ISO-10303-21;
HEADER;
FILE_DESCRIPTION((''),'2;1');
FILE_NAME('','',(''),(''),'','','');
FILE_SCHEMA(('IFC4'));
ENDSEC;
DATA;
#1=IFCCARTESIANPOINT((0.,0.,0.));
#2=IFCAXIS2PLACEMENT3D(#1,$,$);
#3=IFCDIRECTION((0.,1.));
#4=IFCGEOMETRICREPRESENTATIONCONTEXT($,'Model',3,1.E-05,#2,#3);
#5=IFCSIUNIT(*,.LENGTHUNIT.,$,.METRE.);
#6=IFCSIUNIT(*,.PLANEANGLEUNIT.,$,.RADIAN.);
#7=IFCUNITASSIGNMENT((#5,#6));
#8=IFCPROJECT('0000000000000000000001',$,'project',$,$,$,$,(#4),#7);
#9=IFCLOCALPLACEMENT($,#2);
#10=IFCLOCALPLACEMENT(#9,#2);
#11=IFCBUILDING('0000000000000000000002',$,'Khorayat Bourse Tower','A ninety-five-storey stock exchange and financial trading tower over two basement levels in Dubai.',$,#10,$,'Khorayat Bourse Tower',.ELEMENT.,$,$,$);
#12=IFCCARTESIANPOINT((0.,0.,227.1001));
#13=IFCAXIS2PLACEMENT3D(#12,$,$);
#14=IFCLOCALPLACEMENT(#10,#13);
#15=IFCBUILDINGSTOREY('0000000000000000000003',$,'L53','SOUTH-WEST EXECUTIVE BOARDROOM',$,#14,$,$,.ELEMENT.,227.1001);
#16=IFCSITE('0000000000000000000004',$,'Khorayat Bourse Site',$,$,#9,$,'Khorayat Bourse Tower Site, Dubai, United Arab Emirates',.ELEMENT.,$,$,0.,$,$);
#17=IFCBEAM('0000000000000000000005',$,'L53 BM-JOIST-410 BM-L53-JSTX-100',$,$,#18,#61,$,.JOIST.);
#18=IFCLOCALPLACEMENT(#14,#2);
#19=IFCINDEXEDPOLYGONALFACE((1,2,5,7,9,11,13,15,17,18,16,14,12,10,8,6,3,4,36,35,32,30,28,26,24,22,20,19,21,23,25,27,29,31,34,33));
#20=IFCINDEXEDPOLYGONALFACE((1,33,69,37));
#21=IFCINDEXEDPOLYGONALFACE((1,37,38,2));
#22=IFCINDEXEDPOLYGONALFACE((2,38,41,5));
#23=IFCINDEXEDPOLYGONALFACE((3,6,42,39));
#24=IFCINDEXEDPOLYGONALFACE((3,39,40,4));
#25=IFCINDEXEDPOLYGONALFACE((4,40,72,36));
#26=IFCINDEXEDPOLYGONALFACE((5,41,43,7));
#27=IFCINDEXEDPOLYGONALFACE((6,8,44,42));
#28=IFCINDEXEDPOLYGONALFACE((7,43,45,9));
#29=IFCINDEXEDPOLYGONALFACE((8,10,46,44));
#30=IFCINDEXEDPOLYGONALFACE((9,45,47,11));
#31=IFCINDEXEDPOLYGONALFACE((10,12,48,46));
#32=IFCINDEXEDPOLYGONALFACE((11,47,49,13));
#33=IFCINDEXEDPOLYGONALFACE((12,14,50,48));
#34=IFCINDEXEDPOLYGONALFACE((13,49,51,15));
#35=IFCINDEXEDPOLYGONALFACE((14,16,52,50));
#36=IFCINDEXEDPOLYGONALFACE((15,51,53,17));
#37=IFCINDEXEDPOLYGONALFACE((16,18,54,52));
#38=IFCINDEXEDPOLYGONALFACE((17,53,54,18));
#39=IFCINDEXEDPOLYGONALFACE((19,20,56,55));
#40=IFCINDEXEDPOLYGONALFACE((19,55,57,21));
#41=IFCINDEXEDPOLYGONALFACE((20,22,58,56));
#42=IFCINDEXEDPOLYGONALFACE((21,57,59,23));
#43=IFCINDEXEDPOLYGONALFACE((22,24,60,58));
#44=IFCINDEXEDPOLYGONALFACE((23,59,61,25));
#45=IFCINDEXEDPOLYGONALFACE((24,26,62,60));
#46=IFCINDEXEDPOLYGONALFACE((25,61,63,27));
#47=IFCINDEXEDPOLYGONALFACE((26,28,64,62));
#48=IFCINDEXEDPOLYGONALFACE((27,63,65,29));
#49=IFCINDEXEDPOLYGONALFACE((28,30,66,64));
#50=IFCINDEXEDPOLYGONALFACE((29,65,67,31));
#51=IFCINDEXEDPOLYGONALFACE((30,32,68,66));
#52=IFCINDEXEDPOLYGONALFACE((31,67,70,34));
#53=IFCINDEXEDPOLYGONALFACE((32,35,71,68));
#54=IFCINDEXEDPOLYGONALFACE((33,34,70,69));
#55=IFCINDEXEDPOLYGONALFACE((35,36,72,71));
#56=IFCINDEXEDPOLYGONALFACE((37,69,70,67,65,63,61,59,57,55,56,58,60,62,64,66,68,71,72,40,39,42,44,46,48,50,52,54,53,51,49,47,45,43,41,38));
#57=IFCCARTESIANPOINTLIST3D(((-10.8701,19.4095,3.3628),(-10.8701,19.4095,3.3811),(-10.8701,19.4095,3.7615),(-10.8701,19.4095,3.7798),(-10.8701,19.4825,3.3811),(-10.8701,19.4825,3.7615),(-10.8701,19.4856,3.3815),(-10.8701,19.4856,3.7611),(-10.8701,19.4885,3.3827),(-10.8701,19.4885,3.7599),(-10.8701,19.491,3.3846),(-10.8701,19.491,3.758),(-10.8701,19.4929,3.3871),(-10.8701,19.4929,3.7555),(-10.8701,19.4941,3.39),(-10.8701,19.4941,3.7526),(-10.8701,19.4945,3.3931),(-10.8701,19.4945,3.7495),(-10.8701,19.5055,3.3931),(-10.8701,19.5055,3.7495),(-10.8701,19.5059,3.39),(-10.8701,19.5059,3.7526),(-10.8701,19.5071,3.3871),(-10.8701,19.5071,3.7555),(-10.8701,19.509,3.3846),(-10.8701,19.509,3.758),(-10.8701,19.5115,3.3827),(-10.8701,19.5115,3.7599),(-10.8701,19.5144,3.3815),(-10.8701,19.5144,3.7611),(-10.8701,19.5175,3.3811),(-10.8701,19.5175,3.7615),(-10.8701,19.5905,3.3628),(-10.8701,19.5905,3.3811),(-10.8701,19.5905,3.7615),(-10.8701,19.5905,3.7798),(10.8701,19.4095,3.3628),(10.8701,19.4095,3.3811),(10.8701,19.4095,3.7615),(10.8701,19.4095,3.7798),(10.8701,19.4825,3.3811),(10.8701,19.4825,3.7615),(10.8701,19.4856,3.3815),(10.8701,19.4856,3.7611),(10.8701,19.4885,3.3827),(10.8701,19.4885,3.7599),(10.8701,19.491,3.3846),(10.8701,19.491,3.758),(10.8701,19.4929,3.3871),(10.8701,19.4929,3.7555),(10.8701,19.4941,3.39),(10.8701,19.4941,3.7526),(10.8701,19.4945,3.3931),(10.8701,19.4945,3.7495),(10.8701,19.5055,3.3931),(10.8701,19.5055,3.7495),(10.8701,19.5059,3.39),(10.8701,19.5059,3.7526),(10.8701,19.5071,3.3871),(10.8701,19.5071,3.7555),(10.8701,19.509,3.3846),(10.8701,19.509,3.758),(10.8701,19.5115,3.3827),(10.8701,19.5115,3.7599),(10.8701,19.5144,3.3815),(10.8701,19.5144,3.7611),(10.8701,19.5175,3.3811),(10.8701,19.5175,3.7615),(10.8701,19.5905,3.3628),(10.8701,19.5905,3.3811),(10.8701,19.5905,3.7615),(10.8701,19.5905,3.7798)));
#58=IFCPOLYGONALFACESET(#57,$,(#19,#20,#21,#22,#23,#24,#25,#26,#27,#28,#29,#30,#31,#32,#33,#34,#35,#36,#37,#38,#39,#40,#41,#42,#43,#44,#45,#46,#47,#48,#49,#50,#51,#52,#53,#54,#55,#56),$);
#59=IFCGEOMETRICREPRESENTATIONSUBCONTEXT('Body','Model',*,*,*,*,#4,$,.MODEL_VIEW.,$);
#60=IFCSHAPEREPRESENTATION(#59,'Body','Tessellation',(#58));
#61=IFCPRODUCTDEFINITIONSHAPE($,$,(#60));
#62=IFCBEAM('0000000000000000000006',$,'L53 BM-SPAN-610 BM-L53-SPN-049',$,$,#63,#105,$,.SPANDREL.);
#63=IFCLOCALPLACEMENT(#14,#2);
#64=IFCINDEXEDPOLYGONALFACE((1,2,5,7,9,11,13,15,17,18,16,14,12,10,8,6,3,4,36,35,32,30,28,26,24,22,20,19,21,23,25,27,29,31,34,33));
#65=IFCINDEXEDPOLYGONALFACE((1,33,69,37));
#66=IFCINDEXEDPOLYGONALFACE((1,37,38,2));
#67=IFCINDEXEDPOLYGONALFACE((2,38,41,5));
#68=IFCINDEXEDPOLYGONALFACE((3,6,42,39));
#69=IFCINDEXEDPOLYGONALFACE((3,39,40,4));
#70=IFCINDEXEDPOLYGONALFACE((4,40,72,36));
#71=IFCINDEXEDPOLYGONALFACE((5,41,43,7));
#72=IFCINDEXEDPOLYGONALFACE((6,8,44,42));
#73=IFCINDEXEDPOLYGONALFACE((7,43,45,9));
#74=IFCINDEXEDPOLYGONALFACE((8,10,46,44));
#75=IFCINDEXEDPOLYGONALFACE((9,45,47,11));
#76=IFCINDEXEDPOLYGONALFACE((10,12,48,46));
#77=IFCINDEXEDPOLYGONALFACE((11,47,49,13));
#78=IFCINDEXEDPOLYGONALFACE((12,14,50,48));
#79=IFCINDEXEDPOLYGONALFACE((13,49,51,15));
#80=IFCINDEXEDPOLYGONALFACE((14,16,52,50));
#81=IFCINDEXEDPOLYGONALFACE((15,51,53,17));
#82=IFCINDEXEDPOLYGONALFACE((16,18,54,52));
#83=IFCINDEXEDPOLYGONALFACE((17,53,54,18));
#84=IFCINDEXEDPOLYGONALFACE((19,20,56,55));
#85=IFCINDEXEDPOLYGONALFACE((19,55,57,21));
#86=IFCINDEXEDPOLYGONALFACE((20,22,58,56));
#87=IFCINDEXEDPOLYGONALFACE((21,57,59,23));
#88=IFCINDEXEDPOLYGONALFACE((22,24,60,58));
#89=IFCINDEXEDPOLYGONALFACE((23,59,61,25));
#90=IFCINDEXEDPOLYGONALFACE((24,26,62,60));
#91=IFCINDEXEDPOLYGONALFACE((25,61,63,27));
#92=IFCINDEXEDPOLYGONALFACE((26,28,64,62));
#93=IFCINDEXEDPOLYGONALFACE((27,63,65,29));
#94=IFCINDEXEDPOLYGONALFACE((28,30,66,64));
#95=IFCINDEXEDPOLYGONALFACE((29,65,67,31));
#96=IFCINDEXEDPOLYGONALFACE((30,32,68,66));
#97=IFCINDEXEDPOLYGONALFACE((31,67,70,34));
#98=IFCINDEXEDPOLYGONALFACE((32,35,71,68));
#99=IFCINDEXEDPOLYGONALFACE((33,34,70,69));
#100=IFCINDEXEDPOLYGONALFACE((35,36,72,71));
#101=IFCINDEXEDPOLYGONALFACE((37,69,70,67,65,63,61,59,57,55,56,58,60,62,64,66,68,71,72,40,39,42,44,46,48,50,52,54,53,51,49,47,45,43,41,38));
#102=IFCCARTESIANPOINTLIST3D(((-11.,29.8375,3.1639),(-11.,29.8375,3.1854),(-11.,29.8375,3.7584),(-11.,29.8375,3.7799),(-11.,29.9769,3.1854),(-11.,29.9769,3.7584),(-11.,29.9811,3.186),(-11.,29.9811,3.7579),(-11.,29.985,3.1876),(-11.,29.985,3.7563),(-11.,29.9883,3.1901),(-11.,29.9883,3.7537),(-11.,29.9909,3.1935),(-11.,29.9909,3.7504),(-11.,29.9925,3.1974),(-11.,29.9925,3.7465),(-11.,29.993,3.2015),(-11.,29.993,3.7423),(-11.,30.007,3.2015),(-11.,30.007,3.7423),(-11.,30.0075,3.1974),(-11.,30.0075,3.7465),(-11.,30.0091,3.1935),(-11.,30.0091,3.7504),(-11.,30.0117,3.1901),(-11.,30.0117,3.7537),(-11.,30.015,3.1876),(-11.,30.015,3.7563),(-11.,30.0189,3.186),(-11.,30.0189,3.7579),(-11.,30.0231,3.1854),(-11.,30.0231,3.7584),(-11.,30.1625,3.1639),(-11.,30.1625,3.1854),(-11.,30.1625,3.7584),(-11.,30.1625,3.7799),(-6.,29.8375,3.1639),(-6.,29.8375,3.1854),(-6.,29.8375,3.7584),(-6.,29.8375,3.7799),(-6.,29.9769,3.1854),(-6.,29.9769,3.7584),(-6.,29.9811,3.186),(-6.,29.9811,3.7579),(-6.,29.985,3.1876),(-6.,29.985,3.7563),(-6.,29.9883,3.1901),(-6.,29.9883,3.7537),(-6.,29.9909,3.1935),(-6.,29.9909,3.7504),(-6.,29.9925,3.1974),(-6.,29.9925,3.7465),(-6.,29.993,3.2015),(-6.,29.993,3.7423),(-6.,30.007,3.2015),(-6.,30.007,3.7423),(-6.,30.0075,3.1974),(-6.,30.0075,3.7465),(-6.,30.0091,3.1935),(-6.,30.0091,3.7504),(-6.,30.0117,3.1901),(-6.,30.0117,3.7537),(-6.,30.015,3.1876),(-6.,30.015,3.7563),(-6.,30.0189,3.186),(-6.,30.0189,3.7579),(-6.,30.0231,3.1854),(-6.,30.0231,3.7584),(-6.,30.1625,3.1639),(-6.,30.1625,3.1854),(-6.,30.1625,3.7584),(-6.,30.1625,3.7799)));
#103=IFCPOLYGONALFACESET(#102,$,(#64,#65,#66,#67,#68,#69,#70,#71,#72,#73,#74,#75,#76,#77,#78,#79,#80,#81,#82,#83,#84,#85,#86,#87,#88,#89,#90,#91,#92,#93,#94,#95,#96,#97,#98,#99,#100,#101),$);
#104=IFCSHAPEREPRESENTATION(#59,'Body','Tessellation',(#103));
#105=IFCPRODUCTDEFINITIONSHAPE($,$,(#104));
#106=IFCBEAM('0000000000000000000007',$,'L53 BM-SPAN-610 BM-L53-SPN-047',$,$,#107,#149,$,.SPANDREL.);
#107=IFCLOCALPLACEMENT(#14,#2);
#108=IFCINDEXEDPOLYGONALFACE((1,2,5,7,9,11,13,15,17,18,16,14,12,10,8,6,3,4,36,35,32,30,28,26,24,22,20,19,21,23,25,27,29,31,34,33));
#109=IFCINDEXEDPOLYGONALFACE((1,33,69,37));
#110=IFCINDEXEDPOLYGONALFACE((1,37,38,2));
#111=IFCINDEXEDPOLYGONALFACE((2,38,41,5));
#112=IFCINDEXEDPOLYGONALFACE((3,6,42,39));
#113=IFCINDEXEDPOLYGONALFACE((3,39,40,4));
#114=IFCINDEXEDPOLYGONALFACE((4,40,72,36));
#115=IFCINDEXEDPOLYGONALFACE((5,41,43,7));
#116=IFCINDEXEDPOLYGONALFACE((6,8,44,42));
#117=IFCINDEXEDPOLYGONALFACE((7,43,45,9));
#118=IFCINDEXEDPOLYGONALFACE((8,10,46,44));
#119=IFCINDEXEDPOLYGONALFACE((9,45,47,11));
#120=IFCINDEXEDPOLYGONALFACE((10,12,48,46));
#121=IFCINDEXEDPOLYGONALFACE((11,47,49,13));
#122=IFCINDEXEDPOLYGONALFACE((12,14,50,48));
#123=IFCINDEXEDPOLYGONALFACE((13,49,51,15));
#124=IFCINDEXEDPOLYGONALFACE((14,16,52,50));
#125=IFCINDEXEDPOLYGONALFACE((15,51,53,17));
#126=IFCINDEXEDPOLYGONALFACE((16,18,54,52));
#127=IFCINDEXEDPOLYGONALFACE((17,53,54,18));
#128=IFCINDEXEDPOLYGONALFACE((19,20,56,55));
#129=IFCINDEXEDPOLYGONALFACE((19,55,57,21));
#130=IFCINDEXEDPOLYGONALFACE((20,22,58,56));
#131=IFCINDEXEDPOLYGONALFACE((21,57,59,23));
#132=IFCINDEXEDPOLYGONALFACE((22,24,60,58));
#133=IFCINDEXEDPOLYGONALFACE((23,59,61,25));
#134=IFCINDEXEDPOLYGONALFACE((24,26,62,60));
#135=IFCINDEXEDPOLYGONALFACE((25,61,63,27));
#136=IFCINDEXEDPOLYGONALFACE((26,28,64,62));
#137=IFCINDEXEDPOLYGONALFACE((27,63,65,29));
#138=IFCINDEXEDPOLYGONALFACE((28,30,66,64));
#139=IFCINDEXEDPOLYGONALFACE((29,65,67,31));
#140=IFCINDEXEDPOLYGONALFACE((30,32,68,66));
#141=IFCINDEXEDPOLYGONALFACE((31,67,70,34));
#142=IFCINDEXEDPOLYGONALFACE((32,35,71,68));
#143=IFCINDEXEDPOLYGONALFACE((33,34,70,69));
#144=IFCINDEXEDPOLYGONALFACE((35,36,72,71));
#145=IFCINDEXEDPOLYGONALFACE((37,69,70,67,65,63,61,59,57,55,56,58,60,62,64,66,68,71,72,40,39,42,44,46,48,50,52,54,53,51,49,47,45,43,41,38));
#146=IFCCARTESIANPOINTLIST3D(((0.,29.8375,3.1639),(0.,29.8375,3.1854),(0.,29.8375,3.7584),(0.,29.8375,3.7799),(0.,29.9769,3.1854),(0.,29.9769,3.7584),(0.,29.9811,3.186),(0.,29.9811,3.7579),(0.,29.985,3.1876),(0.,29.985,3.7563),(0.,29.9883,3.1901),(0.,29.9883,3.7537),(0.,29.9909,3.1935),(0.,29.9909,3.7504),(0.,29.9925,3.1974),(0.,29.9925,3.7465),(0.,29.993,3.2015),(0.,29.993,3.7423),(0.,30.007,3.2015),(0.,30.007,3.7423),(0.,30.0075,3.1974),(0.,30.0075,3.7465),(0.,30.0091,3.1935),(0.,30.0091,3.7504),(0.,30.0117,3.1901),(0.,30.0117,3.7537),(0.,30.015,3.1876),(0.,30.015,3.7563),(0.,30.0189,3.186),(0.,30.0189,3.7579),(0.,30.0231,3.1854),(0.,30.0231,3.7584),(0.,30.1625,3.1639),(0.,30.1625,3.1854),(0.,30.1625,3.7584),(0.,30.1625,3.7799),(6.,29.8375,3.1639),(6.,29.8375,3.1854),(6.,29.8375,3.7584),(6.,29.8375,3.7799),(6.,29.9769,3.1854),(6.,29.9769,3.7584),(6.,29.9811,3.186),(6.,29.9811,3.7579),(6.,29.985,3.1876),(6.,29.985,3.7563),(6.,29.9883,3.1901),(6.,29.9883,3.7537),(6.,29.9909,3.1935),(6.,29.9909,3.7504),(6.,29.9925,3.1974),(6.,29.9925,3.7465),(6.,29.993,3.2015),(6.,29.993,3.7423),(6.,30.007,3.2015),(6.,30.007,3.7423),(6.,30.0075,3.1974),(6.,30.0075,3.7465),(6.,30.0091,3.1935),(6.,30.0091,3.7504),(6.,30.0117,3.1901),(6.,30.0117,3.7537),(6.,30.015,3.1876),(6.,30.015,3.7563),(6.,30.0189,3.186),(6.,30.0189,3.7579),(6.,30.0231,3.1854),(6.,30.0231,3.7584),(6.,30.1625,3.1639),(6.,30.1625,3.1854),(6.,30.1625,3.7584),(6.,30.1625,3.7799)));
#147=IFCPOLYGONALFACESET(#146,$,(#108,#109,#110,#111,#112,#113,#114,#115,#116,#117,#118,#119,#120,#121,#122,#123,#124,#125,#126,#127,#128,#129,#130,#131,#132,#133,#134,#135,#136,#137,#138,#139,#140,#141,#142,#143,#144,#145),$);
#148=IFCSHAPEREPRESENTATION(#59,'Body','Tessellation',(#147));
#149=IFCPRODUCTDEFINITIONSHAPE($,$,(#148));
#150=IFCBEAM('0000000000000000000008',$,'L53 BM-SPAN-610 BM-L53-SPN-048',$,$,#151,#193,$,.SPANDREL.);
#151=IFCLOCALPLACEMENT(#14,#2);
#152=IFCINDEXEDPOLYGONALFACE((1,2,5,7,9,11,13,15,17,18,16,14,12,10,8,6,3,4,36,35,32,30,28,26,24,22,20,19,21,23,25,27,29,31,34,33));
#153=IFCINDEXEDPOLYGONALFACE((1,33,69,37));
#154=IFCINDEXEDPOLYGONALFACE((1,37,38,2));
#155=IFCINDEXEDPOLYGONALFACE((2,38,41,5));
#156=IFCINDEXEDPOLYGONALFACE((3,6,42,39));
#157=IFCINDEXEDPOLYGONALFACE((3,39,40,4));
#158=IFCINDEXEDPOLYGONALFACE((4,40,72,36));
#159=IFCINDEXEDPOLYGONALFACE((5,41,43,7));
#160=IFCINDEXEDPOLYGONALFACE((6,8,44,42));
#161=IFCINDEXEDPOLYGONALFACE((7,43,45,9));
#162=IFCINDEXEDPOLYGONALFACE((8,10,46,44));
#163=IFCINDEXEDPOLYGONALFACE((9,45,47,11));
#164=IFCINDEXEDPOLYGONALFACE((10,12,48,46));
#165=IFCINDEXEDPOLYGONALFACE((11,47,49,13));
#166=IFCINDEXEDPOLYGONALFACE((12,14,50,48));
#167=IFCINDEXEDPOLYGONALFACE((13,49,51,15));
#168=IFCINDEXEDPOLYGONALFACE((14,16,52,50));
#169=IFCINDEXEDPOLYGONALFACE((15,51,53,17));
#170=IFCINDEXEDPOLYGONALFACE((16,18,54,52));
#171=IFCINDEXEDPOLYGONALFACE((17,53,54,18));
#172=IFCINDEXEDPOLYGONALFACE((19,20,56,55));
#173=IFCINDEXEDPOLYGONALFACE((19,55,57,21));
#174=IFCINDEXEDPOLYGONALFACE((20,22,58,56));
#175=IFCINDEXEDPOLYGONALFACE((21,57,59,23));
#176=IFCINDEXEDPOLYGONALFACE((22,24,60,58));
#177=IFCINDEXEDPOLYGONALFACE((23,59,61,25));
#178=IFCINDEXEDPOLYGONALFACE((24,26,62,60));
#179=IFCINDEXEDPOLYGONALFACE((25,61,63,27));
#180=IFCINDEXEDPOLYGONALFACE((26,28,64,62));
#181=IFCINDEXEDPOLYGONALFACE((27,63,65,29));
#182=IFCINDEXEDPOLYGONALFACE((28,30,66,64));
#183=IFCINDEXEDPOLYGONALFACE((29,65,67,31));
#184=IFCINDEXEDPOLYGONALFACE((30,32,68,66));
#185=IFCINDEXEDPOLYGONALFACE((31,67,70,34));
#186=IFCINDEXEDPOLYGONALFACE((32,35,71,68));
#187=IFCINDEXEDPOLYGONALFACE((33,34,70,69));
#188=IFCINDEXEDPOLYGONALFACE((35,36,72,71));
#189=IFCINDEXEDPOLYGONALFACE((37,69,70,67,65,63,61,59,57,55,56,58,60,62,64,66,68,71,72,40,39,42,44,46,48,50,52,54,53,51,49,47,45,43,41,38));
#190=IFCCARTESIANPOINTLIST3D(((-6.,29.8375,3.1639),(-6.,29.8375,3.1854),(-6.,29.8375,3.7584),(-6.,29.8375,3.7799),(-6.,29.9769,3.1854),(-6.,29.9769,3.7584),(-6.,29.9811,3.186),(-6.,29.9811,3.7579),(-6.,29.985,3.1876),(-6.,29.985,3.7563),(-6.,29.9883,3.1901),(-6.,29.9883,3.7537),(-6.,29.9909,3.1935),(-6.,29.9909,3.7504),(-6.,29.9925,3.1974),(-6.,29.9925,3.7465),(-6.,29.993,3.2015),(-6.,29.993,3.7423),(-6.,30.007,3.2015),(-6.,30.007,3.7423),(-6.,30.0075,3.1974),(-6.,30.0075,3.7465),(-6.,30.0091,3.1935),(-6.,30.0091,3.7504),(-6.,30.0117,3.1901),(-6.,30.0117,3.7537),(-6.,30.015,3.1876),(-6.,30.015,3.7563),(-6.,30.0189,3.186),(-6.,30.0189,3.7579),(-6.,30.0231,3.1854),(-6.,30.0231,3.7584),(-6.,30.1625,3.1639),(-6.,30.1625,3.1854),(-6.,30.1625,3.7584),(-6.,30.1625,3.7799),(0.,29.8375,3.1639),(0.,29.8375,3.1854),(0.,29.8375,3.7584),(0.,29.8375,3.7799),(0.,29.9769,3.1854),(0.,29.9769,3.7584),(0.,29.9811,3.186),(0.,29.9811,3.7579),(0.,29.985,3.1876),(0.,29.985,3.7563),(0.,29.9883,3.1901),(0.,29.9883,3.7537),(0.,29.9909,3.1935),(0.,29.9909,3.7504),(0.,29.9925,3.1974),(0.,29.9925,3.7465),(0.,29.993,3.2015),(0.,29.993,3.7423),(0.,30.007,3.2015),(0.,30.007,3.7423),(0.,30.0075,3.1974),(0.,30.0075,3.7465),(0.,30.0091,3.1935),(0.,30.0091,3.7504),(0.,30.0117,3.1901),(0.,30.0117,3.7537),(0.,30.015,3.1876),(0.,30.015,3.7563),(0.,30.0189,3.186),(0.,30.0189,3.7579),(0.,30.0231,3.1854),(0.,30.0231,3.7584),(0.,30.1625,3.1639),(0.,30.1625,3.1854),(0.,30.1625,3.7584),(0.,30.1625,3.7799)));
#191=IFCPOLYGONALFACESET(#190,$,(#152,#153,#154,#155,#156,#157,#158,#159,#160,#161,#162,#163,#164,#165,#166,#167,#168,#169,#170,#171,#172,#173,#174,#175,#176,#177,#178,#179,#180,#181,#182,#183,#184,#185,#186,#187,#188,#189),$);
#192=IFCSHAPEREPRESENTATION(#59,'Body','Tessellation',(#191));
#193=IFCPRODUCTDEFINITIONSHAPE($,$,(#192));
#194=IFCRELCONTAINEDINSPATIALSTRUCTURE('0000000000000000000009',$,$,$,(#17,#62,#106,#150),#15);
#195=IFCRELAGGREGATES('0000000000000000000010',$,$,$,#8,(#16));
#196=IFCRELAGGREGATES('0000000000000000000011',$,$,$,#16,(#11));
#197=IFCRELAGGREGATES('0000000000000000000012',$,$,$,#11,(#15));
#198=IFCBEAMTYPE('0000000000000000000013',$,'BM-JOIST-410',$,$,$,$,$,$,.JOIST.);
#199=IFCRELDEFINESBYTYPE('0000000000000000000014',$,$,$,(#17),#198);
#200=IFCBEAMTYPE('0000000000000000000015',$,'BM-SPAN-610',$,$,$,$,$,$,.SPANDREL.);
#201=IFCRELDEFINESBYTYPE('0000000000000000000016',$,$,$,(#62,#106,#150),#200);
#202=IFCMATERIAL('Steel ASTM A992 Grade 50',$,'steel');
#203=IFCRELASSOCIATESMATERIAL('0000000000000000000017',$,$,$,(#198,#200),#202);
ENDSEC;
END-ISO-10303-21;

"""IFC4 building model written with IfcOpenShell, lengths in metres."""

from ifc_helpers import new_model, si_unit, direction, frame, origin, origin_2d, place, context, subcontext, project, spatial, i_section, extrude, source, transform, mapped, material, material_profile, profile_set, type_object, element, save


model = new_model("IFC4")

# Units and contexts
model_context = context("Model", 3, precision=1e-05, world=origin(), true_north=direction((0.0, 1.0)))
body_context = subcontext(model_context, "Body", "Model", "MODEL_VIEW")
ifc_project = project(units=[si_unit("LENGTHUNIT", "METRE"), si_unit("PLANEANGLEUNIT", "RADIAN")], contexts=[model_context])

# Site, building, storey
site_placement = place(None, origin())
site = spatial("IfcSite", under=ifc_project, at=site_placement, Name="Khorayat Bourse Site", LongName="Khorayat Bourse Tower Site, Dubai, United Arab Emirates", CompositionType="ELEMENT", RefElevation=0.0)
building_placement = place(site_placement, origin())
building = spatial("IfcBuilding", under=site, at=building_placement, Name="Khorayat Bourse Tower", Description="A ninety-five-storey stock exchange and financial trading tower over two basement levels in Dubai.", LongName="Khorayat Bourse Tower", CompositionType="ELEMENT")
storey_placement = place(building_placement, frame((0.0, 0.0, 227.1001)))
storey = spatial("IfcBuildingStorey", under=building, at=storey_placement, Name="L53", Description="SOUTH-WEST EXECUTIVE BOARDROOM", CompositionType="ELEMENT", Elevation=227.1001)

# Beams
ifc_material_1 = material(Name="Steel ASTM A992 Grade 50", Category="steel")
ifc_material_profile_1 = material_profile(ifc_material_1, i_section(OverallWidth=0.1809, OverallDepth=0.417, WebThickness=0.011, FlangeThickness=0.0183, FilletRadius=0.012, at=origin_2d()), Name="W410X85")
ifc_profile_set_1 = profile_set([ifc_material_profile_1], Name="Steel ASTM A992 Grade 50")
beam_type_1 = type_object("IfcBeamType", Name="BM-JOIST-410", PredefinedType="JOIST", material=ifc_profile_set_1)
shared_shape_1 = source(origin(), body_context, "Body", "SweptSolid", [
    extrude(i_section(OverallWidth=0.1809, OverallDepth=0.417, WebThickness=0.011, FlangeThickness=0.0183, FilletRadius=0.012, at=origin_2d()), origin(), (0.0, 0.0, 1.0), 21.7402),
])
beam_1_placement = place(storey_placement, frame((-10.8701, 19.5, 3.5713), z_axis=(1.0, 0.0, 0.0), x_axis=(0.0, 1.0, 0.0)))
element("IfcBeam", 1, at=beam_1_placement, inside=storey, type_object=beam_type_1, Name="L53 BM-JOIST-410 BM-L53-JSTX-100", PredefinedType="JOIST", context=body_context, shape_type="MappedRepresentation", body=[
    mapped(shared_shape_1, transform((0.0, 0.0, 0.0), scale=1.0)),
])
ifc_material_profile_2 = material_profile(ifc_material_1, i_section(OverallWidth=0.325, OverallDepth=0.616, WebThickness=0.0139, FlangeThickness=0.0215, FilletRadius=0.0161, at=origin_2d()), Name="W610X174")
ifc_profile_set_2 = profile_set([ifc_material_profile_2], Name="Steel ASTM A992 Grade 50")
beam_type_2 = type_object("IfcBeamType", Name="BM-SPAN-610", PredefinedType="SPANDREL", material=ifc_profile_set_2)
shared_shape_2 = source(origin(), body_context, "Body", "SweptSolid", [
    extrude(i_section(OverallWidth=0.325, OverallDepth=0.616, WebThickness=0.0139, FlangeThickness=0.0215, FilletRadius=0.0161, at=origin_2d()), origin(), (0.0, 0.0, 1.0), 5.0),
])
beam_2_placement = place(storey_placement, frame((-11.0, 30.0, 3.4719), z_axis=(1.0, 0.0, 0.0), x_axis=(0.0, 1.0, 0.0)))
element("IfcBeam", 2, at=beam_2_placement, inside=storey, type_object=beam_type_2, Name="L53 BM-SPAN-610 BM-L53-SPN-049", PredefinedType="SPANDREL", context=body_context, shape_type="MappedRepresentation", body=[
    mapped(shared_shape_2, transform((0.0, 0.0, 0.0), scale=1.0)),
])
shared_shape_3 = source(origin(), body_context, "Body", "SweptSolid", [
    extrude(i_section(OverallWidth=0.325, OverallDepth=0.616, WebThickness=0.0139, FlangeThickness=0.0215, FilletRadius=0.0161, at=origin_2d()), origin(), (0.0, 0.0, 1.0), 6.0),
])
for number, where, z_axis, x_axis, name in (
    (3, (0.0, 30.0, 3.4719), (1.0, 0.0, 0.0), (0.0, 1.0, 0.0), "L53 BM-SPAN-610 BM-L53-SPN-047"),
    (4, (-6.0, 30.0, 3.4719), (1.0, 0.0, 0.0), (0.0, 1.0, 0.0), "L53 BM-SPAN-610 BM-L53-SPN-048"),
):
    element("IfcBeam", number, at=place(storey_placement, frame(where, z_axis=z_axis, x_axis=x_axis)), inside=storey, type_object=beam_type_2, Name=name, PredefinedType="SPANDREL", context=body_context, shape_type="MappedRepresentation", body=[
        mapped(shared_shape_3, transform((0.0, 0.0, 0.0), scale=1.0)),
    ])

save(model, "model.ifc")
